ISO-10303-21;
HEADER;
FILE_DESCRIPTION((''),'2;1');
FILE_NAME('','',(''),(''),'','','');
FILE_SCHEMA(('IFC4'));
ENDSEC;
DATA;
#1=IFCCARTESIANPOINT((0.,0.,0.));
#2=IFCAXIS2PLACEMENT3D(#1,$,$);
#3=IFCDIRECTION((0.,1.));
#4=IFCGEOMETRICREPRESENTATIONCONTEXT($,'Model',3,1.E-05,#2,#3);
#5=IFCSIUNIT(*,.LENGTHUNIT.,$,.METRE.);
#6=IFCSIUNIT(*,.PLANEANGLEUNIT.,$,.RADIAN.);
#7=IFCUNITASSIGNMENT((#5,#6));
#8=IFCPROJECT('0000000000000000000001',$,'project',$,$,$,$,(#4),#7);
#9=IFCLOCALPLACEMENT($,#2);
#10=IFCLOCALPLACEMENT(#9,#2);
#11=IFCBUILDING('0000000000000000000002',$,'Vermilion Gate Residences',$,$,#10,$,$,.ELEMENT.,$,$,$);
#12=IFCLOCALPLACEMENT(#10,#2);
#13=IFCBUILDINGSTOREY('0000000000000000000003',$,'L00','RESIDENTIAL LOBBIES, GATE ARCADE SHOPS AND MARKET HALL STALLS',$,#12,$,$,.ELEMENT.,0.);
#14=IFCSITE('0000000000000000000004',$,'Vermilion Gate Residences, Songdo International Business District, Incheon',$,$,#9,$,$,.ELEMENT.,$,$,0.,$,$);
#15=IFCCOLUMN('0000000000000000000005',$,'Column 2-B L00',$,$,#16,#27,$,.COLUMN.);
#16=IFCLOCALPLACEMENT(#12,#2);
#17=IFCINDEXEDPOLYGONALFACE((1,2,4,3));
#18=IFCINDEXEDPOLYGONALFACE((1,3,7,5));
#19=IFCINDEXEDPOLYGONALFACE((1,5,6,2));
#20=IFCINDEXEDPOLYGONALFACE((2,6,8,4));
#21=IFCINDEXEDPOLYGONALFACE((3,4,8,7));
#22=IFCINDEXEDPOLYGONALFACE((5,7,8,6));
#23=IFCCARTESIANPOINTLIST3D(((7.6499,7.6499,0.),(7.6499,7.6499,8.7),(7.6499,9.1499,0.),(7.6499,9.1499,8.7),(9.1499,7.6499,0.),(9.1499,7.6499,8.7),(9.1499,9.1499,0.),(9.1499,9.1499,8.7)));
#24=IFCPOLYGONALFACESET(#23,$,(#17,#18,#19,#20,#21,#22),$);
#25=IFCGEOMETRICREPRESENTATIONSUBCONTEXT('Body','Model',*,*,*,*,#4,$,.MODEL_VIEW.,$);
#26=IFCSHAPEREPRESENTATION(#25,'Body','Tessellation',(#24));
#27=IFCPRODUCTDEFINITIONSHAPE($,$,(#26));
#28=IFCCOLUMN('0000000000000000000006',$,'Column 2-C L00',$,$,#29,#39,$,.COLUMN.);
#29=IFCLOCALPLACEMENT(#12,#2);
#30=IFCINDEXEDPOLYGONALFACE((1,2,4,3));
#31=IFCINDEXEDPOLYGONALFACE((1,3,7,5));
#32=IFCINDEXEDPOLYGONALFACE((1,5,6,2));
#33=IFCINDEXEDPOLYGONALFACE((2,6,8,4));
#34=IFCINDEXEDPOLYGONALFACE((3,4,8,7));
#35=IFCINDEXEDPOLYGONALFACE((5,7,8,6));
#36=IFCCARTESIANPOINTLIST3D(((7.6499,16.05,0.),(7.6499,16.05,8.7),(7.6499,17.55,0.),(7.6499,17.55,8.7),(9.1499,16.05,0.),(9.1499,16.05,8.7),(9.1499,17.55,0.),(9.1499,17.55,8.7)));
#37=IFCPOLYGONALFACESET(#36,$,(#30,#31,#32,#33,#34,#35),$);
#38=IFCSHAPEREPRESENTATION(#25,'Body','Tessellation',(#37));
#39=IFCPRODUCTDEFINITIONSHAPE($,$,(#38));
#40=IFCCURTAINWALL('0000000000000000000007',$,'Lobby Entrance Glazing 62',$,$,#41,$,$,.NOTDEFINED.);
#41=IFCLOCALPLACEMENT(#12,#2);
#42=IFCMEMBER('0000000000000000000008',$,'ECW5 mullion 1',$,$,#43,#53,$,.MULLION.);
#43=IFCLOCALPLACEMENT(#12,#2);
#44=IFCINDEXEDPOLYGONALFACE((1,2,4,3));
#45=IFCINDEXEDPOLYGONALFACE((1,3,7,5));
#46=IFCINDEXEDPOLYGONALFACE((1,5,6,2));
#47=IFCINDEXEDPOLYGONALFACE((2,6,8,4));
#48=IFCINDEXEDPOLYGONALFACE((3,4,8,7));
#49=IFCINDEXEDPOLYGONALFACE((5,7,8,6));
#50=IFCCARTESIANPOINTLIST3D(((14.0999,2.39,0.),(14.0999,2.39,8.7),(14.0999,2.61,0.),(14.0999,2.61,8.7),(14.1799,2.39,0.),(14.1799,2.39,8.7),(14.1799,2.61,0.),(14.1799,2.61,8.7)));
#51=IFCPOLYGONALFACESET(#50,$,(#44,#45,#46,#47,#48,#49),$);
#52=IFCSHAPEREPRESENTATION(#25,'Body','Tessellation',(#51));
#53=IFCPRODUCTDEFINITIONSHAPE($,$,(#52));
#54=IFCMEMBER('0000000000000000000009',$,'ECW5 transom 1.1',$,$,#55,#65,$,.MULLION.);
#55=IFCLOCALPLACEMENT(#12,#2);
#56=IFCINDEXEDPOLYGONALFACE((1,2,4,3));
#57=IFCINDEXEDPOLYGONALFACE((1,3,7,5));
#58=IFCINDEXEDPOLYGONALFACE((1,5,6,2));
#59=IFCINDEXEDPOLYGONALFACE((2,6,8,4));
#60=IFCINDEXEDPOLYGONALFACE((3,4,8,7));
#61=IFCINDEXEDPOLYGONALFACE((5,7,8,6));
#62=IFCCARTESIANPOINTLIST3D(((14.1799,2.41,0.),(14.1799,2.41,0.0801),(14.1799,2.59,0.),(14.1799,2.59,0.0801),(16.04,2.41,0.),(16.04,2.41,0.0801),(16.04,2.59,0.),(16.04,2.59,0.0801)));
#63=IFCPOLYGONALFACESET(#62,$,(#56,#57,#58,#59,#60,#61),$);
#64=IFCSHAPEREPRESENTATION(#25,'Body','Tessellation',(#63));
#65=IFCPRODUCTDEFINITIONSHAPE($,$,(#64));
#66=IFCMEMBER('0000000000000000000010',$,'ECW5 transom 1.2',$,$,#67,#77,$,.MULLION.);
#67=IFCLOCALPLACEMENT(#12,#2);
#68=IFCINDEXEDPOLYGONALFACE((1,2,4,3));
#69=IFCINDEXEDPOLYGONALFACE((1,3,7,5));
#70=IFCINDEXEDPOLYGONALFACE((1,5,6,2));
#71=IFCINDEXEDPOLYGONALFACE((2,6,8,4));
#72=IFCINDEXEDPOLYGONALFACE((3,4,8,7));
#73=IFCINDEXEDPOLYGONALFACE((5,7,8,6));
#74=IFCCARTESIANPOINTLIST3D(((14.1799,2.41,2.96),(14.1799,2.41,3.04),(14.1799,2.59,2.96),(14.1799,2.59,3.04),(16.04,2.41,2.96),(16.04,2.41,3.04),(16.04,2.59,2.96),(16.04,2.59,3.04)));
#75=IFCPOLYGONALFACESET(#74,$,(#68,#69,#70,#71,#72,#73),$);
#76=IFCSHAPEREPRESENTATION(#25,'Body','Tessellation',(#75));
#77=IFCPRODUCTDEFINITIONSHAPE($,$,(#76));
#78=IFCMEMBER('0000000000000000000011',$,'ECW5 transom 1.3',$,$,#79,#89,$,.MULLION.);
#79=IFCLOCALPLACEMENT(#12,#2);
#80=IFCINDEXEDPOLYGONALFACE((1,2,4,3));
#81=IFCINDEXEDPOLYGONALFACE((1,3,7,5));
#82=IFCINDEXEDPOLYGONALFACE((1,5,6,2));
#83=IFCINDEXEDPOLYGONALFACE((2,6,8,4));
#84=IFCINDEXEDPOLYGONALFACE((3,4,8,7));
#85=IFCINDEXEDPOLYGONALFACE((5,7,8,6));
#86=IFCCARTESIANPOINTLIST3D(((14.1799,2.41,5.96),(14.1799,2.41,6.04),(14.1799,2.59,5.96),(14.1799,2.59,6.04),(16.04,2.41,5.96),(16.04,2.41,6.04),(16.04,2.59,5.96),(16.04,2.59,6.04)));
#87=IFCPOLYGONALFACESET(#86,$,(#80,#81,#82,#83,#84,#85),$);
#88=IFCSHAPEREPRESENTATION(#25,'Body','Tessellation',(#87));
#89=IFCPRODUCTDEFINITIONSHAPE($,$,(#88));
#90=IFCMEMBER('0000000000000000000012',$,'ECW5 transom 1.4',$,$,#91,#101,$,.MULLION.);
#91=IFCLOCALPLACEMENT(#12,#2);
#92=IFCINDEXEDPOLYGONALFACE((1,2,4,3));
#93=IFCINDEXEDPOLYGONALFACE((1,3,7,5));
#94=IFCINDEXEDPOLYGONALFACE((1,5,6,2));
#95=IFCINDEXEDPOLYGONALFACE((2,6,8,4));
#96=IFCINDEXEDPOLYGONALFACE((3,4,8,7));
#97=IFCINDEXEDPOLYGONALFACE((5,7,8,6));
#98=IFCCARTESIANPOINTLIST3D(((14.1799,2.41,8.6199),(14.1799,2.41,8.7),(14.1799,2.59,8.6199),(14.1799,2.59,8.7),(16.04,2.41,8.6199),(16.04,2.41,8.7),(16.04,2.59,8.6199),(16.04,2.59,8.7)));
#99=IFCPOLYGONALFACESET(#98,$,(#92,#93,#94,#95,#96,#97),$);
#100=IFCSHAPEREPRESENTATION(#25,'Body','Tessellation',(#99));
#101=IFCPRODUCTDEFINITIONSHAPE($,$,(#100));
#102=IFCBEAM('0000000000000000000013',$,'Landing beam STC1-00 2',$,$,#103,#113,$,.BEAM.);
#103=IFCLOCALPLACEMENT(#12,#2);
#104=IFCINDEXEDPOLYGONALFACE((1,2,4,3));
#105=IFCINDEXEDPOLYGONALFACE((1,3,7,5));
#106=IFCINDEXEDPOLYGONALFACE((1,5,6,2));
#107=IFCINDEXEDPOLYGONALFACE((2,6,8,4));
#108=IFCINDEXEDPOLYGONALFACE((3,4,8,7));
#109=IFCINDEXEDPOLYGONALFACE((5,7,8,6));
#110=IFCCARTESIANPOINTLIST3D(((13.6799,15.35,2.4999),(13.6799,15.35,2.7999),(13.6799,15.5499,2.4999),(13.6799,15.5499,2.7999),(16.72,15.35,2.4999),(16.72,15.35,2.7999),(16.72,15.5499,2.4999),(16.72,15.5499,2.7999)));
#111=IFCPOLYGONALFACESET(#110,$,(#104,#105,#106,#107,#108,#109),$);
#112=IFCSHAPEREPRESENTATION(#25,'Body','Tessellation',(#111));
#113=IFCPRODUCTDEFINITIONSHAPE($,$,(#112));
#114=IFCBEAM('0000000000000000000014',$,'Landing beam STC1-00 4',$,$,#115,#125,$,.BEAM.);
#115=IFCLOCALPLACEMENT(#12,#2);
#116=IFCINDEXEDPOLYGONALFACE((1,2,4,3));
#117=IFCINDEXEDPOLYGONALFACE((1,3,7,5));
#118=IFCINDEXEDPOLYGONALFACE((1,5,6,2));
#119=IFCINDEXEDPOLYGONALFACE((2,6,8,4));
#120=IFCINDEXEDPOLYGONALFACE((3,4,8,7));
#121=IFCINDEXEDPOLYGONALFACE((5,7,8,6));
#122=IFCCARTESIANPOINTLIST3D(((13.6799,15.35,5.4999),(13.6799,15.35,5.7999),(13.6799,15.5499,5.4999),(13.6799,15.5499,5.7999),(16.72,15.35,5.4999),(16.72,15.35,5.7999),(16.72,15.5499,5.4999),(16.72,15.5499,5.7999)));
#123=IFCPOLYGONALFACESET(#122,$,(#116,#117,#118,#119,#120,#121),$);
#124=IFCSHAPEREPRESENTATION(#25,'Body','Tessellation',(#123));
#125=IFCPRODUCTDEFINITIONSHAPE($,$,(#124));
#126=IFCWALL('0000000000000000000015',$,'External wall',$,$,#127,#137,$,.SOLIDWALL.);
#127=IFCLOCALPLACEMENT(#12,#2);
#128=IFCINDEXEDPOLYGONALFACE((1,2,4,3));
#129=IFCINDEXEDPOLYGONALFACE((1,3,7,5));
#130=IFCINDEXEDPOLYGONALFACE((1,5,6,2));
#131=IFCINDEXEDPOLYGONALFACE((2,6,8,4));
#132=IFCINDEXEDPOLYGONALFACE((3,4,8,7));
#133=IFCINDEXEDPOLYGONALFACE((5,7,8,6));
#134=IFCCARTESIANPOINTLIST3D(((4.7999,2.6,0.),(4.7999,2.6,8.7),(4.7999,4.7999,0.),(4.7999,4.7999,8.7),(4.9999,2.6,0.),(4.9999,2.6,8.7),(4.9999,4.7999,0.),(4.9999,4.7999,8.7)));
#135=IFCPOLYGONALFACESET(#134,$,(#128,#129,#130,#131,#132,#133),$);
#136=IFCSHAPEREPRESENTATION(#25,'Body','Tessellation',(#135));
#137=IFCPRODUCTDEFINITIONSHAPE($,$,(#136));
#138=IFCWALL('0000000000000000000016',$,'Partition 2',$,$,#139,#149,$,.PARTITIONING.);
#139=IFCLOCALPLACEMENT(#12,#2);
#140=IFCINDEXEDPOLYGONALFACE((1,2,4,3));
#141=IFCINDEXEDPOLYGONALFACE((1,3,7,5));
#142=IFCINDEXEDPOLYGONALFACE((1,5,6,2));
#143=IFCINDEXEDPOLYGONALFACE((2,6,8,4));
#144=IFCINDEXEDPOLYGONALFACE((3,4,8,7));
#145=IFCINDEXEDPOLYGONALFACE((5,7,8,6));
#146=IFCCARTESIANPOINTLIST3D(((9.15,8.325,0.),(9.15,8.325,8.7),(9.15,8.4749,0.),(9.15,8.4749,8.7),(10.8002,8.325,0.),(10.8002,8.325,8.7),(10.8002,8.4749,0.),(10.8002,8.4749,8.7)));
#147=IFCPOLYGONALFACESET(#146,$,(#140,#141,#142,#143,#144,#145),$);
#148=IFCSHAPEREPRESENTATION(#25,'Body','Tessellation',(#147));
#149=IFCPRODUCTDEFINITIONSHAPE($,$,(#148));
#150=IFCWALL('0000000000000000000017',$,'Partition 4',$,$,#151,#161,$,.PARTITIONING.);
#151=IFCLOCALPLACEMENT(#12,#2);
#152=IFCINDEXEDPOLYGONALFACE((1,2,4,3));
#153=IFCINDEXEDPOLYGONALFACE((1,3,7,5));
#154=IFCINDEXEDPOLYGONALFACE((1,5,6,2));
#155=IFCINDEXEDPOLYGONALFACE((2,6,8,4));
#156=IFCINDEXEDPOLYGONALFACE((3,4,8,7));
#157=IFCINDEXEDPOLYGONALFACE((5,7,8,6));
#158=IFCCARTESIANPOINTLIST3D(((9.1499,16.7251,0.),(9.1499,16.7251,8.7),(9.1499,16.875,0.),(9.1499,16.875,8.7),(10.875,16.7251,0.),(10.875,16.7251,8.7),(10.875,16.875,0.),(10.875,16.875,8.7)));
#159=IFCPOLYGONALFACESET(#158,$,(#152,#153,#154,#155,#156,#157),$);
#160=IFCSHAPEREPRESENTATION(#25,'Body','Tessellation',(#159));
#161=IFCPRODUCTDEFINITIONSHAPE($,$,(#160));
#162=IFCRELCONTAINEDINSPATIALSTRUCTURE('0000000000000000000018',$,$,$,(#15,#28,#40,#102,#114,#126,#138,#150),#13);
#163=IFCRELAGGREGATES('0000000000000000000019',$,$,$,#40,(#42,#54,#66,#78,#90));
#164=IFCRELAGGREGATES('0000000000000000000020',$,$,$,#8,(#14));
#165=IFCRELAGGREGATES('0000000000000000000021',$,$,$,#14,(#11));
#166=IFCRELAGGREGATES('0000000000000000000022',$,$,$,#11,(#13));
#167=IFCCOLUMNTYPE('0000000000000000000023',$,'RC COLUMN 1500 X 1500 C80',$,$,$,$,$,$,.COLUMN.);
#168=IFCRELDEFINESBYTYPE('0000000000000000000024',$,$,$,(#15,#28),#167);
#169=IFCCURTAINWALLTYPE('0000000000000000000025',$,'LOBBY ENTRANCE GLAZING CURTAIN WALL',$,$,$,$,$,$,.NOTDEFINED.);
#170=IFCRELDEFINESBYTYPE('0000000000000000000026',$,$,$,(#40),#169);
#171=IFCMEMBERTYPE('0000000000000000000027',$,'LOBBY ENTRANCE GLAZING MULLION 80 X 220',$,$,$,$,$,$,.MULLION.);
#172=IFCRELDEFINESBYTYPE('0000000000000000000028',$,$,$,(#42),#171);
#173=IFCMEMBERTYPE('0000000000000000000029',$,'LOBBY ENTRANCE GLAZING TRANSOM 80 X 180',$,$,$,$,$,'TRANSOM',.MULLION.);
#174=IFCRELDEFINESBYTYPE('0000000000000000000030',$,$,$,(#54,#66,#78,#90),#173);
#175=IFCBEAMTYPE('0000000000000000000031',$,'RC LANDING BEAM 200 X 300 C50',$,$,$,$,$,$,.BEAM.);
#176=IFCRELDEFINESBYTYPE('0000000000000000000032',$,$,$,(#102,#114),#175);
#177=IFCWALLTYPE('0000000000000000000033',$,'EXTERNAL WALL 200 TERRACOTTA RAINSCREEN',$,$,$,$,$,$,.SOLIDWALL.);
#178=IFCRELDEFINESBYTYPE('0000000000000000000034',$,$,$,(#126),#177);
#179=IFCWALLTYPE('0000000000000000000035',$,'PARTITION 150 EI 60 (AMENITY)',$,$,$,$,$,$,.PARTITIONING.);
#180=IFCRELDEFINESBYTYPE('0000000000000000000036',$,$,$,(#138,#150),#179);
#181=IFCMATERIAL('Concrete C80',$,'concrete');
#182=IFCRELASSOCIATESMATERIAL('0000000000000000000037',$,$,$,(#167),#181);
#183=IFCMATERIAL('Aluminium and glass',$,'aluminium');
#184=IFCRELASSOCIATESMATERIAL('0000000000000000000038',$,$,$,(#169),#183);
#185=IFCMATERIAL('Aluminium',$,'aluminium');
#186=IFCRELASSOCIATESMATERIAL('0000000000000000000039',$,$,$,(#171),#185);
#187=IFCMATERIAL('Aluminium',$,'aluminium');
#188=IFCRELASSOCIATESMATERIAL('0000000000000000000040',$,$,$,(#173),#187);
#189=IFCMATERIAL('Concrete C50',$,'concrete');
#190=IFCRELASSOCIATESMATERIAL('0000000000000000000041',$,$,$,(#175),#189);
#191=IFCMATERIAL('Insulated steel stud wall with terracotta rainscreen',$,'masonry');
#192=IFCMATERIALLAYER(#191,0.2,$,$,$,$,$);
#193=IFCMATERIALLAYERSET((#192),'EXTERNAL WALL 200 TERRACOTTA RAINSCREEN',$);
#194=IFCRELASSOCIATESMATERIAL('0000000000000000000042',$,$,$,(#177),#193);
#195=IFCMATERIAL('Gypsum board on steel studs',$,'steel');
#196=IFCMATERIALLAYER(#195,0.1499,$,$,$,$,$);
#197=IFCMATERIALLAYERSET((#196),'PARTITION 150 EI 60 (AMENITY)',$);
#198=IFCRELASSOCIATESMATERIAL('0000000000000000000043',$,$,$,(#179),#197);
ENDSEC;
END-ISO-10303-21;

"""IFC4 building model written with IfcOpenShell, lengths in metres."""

from ifc_helpers import new_model, si_unit, direction, frame, frame_2d, origin, origin_2d, place, context, subcontext, project, spatial, rectangle, extrude, material, layer, layer_set, material_profile, profile_set, type_object, element, aggregate, save


model = new_model("IFC4")

# Units and contexts
model_context = context("Model", 3, precision=1e-05, world=origin(), true_north=direction((0.0, 1.0)))
body_context = subcontext(model_context, "Body", "Model", "MODEL_VIEW")
ifc_project = project(units=[si_unit("LENGTHUNIT", "METRE"), si_unit("PLANEANGLEUNIT", "RADIAN")], contexts=[model_context])

# Site, building, storey
site_placement = place(None, origin())
site = spatial("IfcSite", under=ifc_project, at=site_placement, Name="Vermilion Gate Residences, Songdo International Business District, Incheon", CompositionType="ELEMENT", RefElevation=0.0)
building_placement = place(site_placement, origin())
building = spatial("IfcBuilding", under=site, at=building_placement, Name="Vermilion Gate Residences", CompositionType="ELEMENT")
storey_placement = place(building_placement, origin())
storey = spatial("IfcBuildingStorey", under=building, at=storey_placement, Name="L00", Description="RESIDENTIAL LOBBIES, GATE ARCADE SHOPS AND MARKET HALL STALLS", CompositionType="ELEMENT", Elevation=0.0)

# Columns
ifc_material_1 = material(Name="Concrete C80", Category="concrete")
ifc_material_profile_1 = material_profile(ifc_material_1, rectangle(XDim=1.5, YDim=1.5, at=origin_2d()), Name="RC-1500x1500")
ifc_profile_set_1 = profile_set([ifc_material_profile_1], Name="Concrete C80")
column_type = type_object("IfcColumnType", Name="RC COLUMN 1500 X 1500 C80", PredefinedType="COLUMN", material=ifc_profile_set_1)
for number, where, z_axis, x_axis, name in (
    (1, (8.3999, 8.3999, 0.0), (0.0, 0.0, 1.0), (1.0, 0.0, 0.0), "Column 2-B L00"),
    (2, (8.3999, 16.8, 0.0), (0.0, 0.0, 1.0), (1.0, 0.0, 0.0), "Column 2-C L00"),
):
    element("IfcColumn", number, at=place(storey_placement, frame(where, z_axis=z_axis, x_axis=x_axis)), inside=storey, type_object=column_type, Name=name, PredefinedType="COLUMN", context=body_context, shape_type="SweptSolid", body=[
        extrude(rectangle(XDim=1.5, YDim=1.5, at=origin_2d()), origin(), (0.0, 0.0, 1.0), 8.7),
    ])

# Curtain wall, members
ifc_material_2 = material(Name="Aluminium and glass", Category="aluminium")
curtain_wall_type = type_object("IfcCurtainWallType", Name="LOBBY ENTRANCE GLAZING CURTAIN WALL", PredefinedType="NOTDEFINED", material=ifc_material_2)
curtain_wall_placement = place(storey_placement, origin())
curtain_wall = element("IfcCurtainWall", 3, at=curtain_wall_placement, inside=storey, type_object=curtain_wall_type, Name="Lobby Entrance Glazing 62", PredefinedType="NOTDEFINED")
ifc_material_3 = material(Name="Aluminium", Category="aluminium")
ifc_material_profile_2 = material_profile(ifc_material_3, rectangle(XDim=0.22, YDim=0.0801, at=origin_2d()), Name="MULLION 80 X 220")
ifc_profile_set_2 = profile_set([ifc_material_profile_2], Name="Aluminium")
member_type_1 = type_object("IfcMemberType", Name="LOBBY ENTRANCE GLAZING MULLION 80 X 220", PredefinedType="MULLION", material=ifc_profile_set_2)
member_1_placement = place(storey_placement, frame((14.1399, 2.5, 0.0), z_axis=(0.0, 0.0, 1.0), x_axis=(0.0, 1.0, 0.0)))
member_1 = element("IfcMember", 4, at=member_1_placement, type_object=member_type_1, Name="ECW5 mullion 1", PredefinedType="MULLION", context=body_context, shape_type="SweptSolid", body=[
    extrude(rectangle(XDim=0.22, YDim=0.0801, at=origin_2d()), origin(), (0.0, 0.0, 1.0), 8.7),
])
ifc_material_4 = material(Name="Aluminium", Category="aluminium")
ifc_material_profile_3 = material_profile(ifc_material_4, rectangle(XDim=0.1799, YDim=0.0801, at=origin_2d()), Name="TRANSOM 80 X 180")
ifc_profile_set_3 = profile_set([ifc_material_profile_3], Name="Aluminium")
member_type_2 = type_object("IfcMemberType", Name="LOBBY ENTRANCE GLAZING TRANSOM 80 X 180", ElementType="TRANSOM", PredefinedType="MULLION", material=ifc_profile_set_3)
member_2_placement = place(storey_placement, frame((14.1799, 2.5, 0.04), z_axis=(1.0, 0.0, 0.0), x_axis=(0.0, 1.0, 0.0)))
member_2 = element("IfcMember", 5, at=member_2_placement, type_object=member_type_2, Name="ECW5 transom 1.1", PredefinedType="MULLION", context=body_context, shape_type="SweptSolid", body=[
    extrude(rectangle(XDim=0.1799, YDim=0.0801, at=origin_2d()), origin(), (0.0, 0.0, 1.0), 1.8601),
])
member_3_placement = place(storey_placement, frame((14.1799, 2.5, 3.0), z_axis=(1.0, 0.0, 0.0), x_axis=(0.0, 1.0, 0.0)))
member_3 = element("IfcMember", 6, at=member_3_placement, type_object=member_type_2, Name="ECW5 transom 1.2", PredefinedType="MULLION", context=body_context, shape_type="SweptSolid", body=[
    extrude(rectangle(XDim=0.1799, YDim=0.0801, at=origin_2d()), origin(), (0.0, 0.0, 1.0), 1.8601),
])
member_4_placement = place(storey_placement, frame((14.1799, 2.5, 6.0), z_axis=(1.0, 0.0, 0.0), x_axis=(0.0, 1.0, 0.0)))
member_4 = element("IfcMember", 7, at=member_4_placement, type_object=member_type_2, Name="ECW5 transom 1.3", PredefinedType="MULLION", context=body_context, shape_type="SweptSolid", body=[
    extrude(rectangle(XDim=0.1799, YDim=0.0801, at=origin_2d()), origin(), (0.0, 0.0, 1.0), 1.8601),
])
member_5_placement = place(storey_placement, frame((14.1799, 2.5, 8.6599), z_axis=(1.0, 0.0, 0.0), x_axis=(0.0, 1.0, 0.0)))
member_5 = element("IfcMember", 8, at=member_5_placement, type_object=member_type_2, Name="ECW5 transom 1.4", PredefinedType="MULLION", context=body_context, shape_type="SweptSolid", body=[
    extrude(rectangle(XDim=0.1799, YDim=0.0801, at=origin_2d()), origin(), (0.0, 0.0, 1.0), 1.8601),
])
aggregate(curtain_wall, [member_1, member_2, member_3, member_4, member_5])

# Beams
ifc_material_5 = material(Name="Concrete C50", Category="concrete")
ifc_material_profile_4 = material_profile(ifc_material_5, rectangle(XDim=0.2, YDim=0.3, at=origin_2d()), Name="RC-200x300")
ifc_profile_set_4 = profile_set([ifc_material_profile_4], Name="Concrete C50")
beam_type = type_object("IfcBeamType", Name="RC LANDING BEAM 200 X 300 C50", PredefinedType="BEAM", material=ifc_profile_set_4)
for number, where, z_axis, x_axis, name in (
    (9, (13.6799, 15.45, 2.6499), (1.0, 0.0, 0.0), (0.0, 1.0, 0.0), "Landing beam STC1-00 2"),
    (10, (13.6799, 15.45, 5.6499), (1.0, 0.0, 0.0), (0.0, 1.0, 0.0), "Landing beam STC1-00 4"),
):
    element("IfcBeam", number, at=place(storey_placement, frame(where, z_axis=z_axis, x_axis=x_axis)), inside=storey, type_object=beam_type, Name=name, PredefinedType="BEAM", context=body_context, shape_type="SweptSolid", body=[
        extrude(rectangle(XDim=0.2, YDim=0.3, at=origin_2d()), origin(), (0.0, 0.0, 1.0), 3.04),
    ])

# Wall
ifc_material_6 = material(Name="Insulated steel stud wall with terracotta rainscreen", Category="masonry")
ifc_layer_1 = layer(ifc_material_6, 0.2)
ifc_layer_set_1 = layer_set([ifc_layer_1], Name="EXTERNAL WALL 200 TERRACOTTA RAINSCREEN")
wall_type_1 = type_object("IfcWallType", Name="EXTERNAL WALL 200 TERRACOTTA RAINSCREEN", PredefinedType="SOLIDWALL", material=ifc_layer_set_1)
wall_1_placement = place(storey_placement, frame((4.8999, 4.8, 0.0), z_axis=(0.0, 0.0, 1.0), x_axis=(0.0, -1.0, 0.0)))
element("IfcWall", 11, at=wall_1_placement, inside=storey, type_object=wall_type_1, Name="External wall", PredefinedType="SOLIDWALL", context=body_context, shape_type="SweptSolid", body=[
    extrude(rectangle(XDim=2.2, YDim=0.2, at=frame_2d((1.1001, 0.0))), origin(), (0.0, 0.0, 1.0), 8.7),
])

# Walls
ifc_material_7 = material(Name="Gypsum board on steel studs", Category="steel")
ifc_layer_2 = layer(ifc_material_7, 0.1499)
ifc_layer_set_2 = layer_set([ifc_layer_2], Name="PARTITION 150 EI 60 (AMENITY)")
wall_type_2 = type_object("IfcWallType", Name="PARTITION 150 EI 60 (AMENITY)", PredefinedType="PARTITIONING", material=ifc_layer_set_2)
wall_2_placement = place(storey_placement, frame((9.1499, 8.3999, 0.0), z_axis=(0.0, 0.0, 1.0), x_axis=(1.0, 0.0, 0.0)))
element("IfcWall", 12, at=wall_2_placement, inside=storey, type_object=wall_type_2, Name="Partition 2", PredefinedType="PARTITIONING", context=body_context, shape_type="SweptSolid", body=[
    extrude(rectangle(XDim=1.6501, YDim=0.1499, at=frame_2d((0.8252, 0.0))), origin(), (0.0, 0.0, 1.0), 8.7),
])
wall_3_placement = place(storey_placement, frame((9.1499, 16.8, 0.0), z_axis=(0.0, 0.0, 1.0), x_axis=(1.0, 0.0, 0.0)))
element("IfcWall", 13, at=wall_3_placement, inside=storey, type_object=wall_type_2, Name="Partition 4", PredefinedType="PARTITIONING", context=body_context, shape_type="SweptSolid", body=[
    extrude(rectangle(XDim=1.7251, YDim=0.1499, at=frame_2d((0.8625, 0.0))), origin(), (0.0, 0.0, 1.0), 8.7),
])

save(model, "model.ifc")
